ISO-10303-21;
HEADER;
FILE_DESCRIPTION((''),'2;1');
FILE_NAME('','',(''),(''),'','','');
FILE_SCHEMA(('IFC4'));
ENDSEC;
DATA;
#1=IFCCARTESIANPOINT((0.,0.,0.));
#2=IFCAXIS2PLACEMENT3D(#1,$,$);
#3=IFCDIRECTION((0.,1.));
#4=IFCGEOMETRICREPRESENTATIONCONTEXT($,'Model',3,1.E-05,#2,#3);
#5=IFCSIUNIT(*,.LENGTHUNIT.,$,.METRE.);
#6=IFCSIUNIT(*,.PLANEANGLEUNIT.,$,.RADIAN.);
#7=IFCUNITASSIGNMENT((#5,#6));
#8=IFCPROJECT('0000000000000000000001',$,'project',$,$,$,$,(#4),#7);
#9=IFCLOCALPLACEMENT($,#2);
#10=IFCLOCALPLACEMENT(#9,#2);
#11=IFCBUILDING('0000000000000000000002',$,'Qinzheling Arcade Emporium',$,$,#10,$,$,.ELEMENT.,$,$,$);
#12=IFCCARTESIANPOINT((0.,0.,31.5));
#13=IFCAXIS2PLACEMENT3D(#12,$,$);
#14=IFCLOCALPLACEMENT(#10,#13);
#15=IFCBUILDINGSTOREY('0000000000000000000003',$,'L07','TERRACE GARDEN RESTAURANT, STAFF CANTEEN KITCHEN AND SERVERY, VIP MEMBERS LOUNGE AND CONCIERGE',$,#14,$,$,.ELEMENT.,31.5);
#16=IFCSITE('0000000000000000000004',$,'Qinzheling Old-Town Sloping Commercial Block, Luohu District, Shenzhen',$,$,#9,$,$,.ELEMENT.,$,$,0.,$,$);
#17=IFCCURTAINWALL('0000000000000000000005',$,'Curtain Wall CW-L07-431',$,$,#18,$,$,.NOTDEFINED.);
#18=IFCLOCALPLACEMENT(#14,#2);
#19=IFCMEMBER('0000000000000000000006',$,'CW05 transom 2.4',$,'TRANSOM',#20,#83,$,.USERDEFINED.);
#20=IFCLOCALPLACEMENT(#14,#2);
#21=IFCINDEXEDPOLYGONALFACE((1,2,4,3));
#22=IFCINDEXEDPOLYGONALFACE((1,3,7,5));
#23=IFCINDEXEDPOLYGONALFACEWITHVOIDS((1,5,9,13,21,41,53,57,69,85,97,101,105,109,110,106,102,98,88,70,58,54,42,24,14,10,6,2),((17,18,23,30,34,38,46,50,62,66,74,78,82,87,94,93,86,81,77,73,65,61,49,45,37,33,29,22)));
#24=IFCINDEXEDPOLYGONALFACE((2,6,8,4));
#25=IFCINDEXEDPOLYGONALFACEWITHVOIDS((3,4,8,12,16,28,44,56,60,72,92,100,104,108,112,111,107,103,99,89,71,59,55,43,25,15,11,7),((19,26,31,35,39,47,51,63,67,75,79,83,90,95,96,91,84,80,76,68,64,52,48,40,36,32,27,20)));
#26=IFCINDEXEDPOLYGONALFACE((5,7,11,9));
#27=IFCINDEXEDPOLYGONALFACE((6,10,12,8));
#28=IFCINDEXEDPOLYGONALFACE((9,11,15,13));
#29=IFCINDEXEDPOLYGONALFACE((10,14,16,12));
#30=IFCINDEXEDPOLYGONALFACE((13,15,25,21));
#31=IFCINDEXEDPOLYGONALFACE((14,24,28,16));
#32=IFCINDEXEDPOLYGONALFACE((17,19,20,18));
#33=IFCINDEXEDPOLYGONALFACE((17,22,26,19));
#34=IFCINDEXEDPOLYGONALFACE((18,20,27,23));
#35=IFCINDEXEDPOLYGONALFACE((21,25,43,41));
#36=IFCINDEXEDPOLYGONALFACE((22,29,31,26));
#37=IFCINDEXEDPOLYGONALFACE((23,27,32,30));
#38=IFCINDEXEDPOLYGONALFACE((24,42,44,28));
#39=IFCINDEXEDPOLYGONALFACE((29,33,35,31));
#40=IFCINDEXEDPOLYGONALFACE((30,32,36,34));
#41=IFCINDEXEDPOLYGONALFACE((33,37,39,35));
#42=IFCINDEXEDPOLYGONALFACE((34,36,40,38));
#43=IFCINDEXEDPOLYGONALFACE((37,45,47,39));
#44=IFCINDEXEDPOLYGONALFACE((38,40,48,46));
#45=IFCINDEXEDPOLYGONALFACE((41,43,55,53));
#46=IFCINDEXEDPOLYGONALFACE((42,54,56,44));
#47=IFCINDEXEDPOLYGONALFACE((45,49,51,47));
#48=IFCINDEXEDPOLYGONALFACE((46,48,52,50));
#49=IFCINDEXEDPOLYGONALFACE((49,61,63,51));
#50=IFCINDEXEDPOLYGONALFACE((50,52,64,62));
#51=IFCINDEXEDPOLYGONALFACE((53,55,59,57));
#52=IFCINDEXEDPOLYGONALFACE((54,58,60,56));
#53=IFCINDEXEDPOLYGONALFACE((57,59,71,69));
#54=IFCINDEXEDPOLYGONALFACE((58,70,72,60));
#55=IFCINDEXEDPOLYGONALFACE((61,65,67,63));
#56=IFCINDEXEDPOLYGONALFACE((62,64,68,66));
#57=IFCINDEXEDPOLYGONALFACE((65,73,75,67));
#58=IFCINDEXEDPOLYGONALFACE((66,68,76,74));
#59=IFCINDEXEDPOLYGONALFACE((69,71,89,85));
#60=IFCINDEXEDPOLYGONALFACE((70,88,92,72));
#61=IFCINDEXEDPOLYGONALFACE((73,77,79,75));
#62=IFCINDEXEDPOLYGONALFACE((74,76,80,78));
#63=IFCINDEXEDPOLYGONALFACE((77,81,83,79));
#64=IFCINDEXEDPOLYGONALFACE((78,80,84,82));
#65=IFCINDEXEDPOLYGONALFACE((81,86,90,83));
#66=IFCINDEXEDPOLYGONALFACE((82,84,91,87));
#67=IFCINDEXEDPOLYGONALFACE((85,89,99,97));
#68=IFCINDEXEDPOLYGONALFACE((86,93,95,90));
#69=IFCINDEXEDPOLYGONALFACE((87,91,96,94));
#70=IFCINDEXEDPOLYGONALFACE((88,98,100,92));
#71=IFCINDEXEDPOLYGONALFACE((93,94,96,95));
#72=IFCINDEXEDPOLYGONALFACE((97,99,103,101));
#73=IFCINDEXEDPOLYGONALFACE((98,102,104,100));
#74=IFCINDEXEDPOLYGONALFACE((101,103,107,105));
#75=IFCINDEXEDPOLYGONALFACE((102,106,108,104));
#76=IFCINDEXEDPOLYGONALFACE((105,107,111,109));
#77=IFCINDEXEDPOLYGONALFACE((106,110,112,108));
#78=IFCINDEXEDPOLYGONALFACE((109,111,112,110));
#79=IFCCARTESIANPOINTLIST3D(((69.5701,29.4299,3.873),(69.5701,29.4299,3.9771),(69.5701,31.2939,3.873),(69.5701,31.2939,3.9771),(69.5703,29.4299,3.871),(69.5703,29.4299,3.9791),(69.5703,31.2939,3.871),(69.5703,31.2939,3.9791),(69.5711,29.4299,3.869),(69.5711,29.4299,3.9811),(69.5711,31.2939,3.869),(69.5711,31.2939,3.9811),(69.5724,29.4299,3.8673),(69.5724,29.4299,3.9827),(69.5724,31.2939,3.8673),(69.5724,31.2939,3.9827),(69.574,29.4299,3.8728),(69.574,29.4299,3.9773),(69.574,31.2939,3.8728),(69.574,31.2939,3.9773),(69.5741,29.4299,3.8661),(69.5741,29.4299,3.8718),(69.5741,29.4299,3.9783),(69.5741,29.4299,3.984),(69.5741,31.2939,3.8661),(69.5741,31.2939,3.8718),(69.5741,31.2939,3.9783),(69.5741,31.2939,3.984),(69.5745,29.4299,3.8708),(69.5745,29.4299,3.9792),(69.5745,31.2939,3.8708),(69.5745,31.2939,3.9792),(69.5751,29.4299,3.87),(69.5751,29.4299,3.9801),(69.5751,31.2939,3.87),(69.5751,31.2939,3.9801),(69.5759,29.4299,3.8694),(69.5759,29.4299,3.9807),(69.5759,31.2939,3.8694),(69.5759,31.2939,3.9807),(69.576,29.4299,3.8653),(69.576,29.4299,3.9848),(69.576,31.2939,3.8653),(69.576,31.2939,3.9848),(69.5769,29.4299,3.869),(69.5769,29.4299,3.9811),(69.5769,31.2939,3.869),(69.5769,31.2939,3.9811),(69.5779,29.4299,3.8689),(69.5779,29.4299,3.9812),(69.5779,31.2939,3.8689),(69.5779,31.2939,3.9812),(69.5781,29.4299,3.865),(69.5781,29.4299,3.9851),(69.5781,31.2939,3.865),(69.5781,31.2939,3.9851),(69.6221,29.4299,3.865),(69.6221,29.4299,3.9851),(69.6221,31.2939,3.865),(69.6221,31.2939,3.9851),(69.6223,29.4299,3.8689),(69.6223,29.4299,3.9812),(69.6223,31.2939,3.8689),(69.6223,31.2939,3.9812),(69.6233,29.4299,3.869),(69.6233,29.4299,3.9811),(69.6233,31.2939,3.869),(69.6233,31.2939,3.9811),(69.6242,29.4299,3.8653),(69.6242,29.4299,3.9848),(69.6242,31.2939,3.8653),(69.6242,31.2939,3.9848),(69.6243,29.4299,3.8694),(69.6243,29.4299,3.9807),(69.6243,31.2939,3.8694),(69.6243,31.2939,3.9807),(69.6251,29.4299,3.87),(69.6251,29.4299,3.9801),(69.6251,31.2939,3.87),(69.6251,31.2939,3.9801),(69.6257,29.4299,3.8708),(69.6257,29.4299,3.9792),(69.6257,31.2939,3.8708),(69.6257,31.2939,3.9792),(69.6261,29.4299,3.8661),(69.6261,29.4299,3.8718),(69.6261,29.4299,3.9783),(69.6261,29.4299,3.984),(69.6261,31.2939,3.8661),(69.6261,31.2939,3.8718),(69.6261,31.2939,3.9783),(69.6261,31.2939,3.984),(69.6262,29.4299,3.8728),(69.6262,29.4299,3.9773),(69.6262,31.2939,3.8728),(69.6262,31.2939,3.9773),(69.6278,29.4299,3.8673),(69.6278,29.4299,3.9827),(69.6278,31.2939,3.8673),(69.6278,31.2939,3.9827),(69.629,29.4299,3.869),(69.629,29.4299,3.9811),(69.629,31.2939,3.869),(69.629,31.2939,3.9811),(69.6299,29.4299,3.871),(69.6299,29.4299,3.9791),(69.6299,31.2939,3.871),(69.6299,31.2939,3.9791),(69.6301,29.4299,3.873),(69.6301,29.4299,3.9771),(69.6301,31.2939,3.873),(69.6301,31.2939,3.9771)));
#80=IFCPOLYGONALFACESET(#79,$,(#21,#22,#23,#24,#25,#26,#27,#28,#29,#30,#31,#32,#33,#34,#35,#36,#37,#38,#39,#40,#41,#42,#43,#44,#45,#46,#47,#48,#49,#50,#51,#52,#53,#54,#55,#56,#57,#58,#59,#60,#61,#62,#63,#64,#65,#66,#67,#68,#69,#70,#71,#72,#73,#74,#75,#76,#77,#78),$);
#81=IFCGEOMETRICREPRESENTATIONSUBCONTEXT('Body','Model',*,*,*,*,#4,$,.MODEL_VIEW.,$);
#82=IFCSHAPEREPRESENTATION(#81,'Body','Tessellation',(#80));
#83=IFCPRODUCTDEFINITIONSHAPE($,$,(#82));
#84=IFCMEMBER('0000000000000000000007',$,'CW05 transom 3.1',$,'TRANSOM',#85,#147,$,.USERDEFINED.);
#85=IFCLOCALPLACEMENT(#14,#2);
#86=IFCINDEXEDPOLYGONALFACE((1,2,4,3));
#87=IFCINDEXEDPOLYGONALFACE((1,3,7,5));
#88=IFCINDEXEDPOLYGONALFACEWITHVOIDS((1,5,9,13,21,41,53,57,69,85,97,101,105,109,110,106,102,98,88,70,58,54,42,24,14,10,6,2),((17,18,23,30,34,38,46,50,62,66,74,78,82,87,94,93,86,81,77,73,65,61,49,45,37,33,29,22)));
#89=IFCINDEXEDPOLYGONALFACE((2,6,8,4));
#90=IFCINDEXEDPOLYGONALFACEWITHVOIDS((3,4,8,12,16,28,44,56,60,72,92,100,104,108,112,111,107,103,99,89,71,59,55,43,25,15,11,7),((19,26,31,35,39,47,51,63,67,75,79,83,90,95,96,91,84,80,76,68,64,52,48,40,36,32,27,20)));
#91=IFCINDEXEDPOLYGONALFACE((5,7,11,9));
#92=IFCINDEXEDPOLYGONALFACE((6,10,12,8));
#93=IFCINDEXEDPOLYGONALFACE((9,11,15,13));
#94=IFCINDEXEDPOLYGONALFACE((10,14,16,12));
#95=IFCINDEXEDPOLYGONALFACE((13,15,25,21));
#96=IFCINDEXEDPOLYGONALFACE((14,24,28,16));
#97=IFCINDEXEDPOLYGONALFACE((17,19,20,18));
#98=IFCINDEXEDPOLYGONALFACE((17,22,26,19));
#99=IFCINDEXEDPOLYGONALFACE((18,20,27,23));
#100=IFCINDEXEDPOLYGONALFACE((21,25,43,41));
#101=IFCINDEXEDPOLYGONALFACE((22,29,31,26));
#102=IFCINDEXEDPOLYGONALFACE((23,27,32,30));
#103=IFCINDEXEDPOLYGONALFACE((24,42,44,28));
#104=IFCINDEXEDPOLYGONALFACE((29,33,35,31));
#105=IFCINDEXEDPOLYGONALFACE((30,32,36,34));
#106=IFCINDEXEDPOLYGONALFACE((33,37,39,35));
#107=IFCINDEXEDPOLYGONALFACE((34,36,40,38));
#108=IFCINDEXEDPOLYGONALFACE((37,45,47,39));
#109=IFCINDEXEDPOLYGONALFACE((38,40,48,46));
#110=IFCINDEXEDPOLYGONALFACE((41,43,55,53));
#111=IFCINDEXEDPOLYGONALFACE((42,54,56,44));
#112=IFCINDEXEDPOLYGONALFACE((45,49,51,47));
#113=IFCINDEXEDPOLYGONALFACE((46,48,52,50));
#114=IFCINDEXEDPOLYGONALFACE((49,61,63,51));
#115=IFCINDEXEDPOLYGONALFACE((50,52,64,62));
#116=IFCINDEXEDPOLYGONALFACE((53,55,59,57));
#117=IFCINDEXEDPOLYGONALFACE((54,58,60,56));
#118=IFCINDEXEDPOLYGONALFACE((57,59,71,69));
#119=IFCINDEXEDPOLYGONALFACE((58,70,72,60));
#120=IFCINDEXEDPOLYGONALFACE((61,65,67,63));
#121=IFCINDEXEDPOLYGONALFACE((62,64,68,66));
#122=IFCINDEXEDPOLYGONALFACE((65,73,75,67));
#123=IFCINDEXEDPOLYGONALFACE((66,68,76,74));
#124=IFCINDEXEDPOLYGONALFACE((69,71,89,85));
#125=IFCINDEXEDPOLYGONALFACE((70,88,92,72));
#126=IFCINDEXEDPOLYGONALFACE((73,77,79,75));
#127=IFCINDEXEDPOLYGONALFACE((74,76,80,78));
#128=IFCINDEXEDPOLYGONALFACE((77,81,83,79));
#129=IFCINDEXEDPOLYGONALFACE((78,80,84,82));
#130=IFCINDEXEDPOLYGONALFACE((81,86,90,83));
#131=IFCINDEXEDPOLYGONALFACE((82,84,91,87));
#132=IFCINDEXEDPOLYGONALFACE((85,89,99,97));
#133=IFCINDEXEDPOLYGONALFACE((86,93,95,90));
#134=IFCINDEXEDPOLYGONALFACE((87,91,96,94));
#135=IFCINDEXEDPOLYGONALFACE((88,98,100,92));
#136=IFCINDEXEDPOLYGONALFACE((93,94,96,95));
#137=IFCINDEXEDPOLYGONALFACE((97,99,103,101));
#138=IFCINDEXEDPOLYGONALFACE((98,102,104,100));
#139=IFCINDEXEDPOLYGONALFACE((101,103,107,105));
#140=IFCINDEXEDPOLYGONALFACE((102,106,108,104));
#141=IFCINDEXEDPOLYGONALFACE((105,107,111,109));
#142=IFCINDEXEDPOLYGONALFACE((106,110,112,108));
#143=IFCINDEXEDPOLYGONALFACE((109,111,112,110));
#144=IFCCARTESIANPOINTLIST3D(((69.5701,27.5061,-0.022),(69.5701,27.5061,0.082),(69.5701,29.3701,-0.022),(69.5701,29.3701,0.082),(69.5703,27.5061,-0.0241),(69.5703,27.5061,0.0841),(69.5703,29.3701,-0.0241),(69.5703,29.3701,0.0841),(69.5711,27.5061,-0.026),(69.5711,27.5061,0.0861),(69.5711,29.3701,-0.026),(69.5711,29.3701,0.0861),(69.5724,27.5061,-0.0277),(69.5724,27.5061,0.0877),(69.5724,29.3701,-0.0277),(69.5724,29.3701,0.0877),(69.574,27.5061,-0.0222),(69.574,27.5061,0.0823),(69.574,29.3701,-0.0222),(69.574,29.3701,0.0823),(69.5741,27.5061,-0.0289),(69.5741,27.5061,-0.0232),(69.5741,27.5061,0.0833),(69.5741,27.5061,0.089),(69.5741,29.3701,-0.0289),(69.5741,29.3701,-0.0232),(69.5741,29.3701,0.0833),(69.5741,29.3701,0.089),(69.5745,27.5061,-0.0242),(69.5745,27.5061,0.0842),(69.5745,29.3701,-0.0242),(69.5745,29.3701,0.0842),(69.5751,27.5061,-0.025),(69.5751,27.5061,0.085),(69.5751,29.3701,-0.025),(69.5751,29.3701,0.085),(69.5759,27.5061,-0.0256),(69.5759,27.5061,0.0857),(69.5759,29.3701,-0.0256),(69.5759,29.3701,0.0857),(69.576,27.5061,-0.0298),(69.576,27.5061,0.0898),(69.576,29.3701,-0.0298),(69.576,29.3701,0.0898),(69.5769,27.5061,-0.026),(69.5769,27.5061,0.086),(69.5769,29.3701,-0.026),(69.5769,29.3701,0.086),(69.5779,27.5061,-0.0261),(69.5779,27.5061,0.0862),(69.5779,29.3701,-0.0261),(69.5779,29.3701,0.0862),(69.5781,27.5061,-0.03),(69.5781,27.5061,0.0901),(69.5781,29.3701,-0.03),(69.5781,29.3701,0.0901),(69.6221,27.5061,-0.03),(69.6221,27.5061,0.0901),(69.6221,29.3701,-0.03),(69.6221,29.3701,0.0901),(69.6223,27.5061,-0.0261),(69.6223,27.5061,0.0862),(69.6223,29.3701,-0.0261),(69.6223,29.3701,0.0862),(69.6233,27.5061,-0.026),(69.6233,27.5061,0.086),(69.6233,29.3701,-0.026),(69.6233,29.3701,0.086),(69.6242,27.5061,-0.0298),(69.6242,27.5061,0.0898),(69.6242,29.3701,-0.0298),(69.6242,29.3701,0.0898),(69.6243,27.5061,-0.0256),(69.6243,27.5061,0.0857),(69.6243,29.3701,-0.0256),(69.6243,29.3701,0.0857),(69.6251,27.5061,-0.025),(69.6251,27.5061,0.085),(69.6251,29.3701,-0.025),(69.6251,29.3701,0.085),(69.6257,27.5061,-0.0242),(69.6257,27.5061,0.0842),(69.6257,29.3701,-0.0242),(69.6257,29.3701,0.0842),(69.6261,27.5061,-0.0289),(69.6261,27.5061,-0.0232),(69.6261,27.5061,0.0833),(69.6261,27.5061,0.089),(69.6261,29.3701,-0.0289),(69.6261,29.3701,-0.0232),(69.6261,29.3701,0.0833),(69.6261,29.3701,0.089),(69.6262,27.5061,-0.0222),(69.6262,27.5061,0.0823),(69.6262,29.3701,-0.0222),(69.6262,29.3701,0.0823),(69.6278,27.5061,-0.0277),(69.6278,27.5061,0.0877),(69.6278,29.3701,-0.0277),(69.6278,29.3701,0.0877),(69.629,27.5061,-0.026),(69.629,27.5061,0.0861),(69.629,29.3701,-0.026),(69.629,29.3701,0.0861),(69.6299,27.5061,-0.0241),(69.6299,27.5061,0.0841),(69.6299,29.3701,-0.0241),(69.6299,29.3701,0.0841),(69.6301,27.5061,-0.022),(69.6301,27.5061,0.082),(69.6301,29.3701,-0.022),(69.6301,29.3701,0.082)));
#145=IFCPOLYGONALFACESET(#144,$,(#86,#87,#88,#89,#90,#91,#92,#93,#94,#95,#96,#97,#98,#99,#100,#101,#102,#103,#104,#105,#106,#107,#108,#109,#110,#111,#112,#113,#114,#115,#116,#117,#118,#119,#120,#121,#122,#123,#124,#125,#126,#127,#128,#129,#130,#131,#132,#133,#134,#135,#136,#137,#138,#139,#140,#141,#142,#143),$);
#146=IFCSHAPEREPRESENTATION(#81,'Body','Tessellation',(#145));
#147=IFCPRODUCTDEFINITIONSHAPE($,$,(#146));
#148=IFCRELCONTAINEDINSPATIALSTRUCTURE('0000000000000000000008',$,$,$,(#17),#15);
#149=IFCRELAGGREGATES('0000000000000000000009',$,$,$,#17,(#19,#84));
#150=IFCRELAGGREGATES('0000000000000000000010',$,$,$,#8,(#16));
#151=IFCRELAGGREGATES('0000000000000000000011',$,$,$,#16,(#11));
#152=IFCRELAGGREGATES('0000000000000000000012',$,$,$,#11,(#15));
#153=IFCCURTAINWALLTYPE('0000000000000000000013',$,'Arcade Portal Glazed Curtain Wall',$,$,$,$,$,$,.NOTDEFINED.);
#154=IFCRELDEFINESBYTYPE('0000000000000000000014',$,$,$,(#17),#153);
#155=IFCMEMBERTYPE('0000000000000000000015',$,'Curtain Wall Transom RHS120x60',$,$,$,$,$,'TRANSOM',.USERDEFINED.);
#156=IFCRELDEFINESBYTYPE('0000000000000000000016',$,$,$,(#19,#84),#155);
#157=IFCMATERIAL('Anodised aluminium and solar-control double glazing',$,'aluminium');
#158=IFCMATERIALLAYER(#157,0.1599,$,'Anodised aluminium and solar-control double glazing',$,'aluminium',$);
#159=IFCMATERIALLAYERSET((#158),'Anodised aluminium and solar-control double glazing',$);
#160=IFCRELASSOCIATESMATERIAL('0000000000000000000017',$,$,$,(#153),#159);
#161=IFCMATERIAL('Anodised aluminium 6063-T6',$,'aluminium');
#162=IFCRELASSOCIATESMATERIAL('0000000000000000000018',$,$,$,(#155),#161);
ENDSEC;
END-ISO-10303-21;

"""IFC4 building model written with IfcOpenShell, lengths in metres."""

from ifc_helpers import new_model, si_unit, direction, frame, origin, origin_2d, place, context, subcontext, project, spatial, hollow_rectangle, extrude, material, layer, layer_set, material_profile, profile_set, type_object, element, aggregate, save


model = new_model("IFC4")

# Units and contexts
model_context = context("Model", 3, precision=1e-05, world=origin(), true_north=direction((0.0, 1.0)))
body_context = subcontext(model_context, "Body", "Model", "MODEL_VIEW")
ifc_project = project(units=[si_unit("LENGTHUNIT", "METRE"), si_unit("PLANEANGLEUNIT", "RADIAN")], contexts=[model_context])

# Site, building, storey
site_placement = place(None, origin())
site = spatial("IfcSite", under=ifc_project, at=site_placement, Name="Qinzheling Old-Town Sloping Commercial Block, Luohu District, Shenzhen", CompositionType="ELEMENT", RefElevation=0.0)
building_placement = place(site_placement, origin())
building = spatial("IfcBuilding", under=site, at=building_placement, Name="Qinzheling Arcade Emporium", CompositionType="ELEMENT")
storey_placement = place(building_placement, frame((0.0, 0.0, 31.5)))
storey = spatial("IfcBuildingStorey", under=building, at=storey_placement, Name="L07", Description="TERRACE GARDEN RESTAURANT, STAFF CANTEEN KITCHEN AND SERVERY, VIP MEMBERS LOUNGE AND CONCIERGE", CompositionType="ELEMENT", Elevation=31.5)

# Curtain wall, members
ifc_material_1 = material(Name="Anodised aluminium and solar-control double glazing", Category="aluminium")
ifc_layer_1 = layer(ifc_material_1, 0.1599, Name="Anodised aluminium and solar-control double glazing", Category="aluminium")
ifc_layer_set_1 = layer_set([ifc_layer_1], Name="Anodised aluminium and solar-control double glazing")
curtain_wall_type = type_object("IfcCurtainWallType", Name="Arcade Portal Glazed Curtain Wall", PredefinedType="NOTDEFINED", material=ifc_layer_set_1)
curtain_wall_placement = place(storey_placement, origin())
curtain_wall = element("IfcCurtainWall", 1, at=curtain_wall_placement, inside=storey, type_object=curtain_wall_type, Name="Curtain Wall CW-L07-431", PredefinedType="NOTDEFINED")
ifc_material_2 = material(Name="Anodised aluminium 6063-T6", Category="aluminium")
ifc_material_profile_1 = material_profile(ifc_material_2, hollow_rectangle(XDim=0.0601, YDim=0.1201, WallThickness=0.0039, InnerFilletRadius=0.0039, OuterFilletRadius=0.0081, at=origin_2d()), Name="RHS 120x60x4", Category="aluminium")
ifc_profile_set_1 = profile_set([ifc_material_profile_1], Name="Anodised aluminium 6063-T6")
member_type_1 = type_object("IfcMemberType", Name="Curtain Wall Transom RHS120x60", ElementType="TRANSOM", PredefinedType="USERDEFINED", material=ifc_profile_set_1)
member_1_placement = place(storey_placement, frame((69.6001, 31.2939, 3.925), z_axis=(0.0, -1.0, 0.0), x_axis=(1.0, 0.0, 0.0)))
member_1 = element("IfcMember", 2, at=member_1_placement, type_object=member_type_1, Name="CW05 transom 2.4", ObjectType="TRANSOM", PredefinedType="USERDEFINED", context=body_context, shape_type="SweptSolid", body=[
    extrude(hollow_rectangle(XDim=0.0601, YDim=0.1201, WallThickness=0.0039, InnerFilletRadius=0.0039, OuterFilletRadius=0.0081, at=origin_2d()), origin(), (0.0, 0.0, 1.0), 1.864),
])
member_2_placement = place(storey_placement, frame((69.6001, 29.3701, 0.03), z_axis=(0.0, -1.0, 0.0), x_axis=(1.0, 0.0, 0.0)))
member_2 = element("IfcMember", 3, at=member_2_placement, type_object=member_type_1, Name="CW05 transom 3.1", ObjectType="TRANSOM", PredefinedType="USERDEFINED", context=body_context, shape_type="SweptSolid", body=[
    extrude(hollow_rectangle(XDim=0.0601, YDim=0.1201, WallThickness=0.0039, InnerFilletRadius=0.0039, OuterFilletRadius=0.0081, at=origin_2d()), origin(), (0.0, 0.0, 1.0), 1.864),
])
aggregate(curtain_wall, [member_1, member_2])

save(model, "model.ifc")
